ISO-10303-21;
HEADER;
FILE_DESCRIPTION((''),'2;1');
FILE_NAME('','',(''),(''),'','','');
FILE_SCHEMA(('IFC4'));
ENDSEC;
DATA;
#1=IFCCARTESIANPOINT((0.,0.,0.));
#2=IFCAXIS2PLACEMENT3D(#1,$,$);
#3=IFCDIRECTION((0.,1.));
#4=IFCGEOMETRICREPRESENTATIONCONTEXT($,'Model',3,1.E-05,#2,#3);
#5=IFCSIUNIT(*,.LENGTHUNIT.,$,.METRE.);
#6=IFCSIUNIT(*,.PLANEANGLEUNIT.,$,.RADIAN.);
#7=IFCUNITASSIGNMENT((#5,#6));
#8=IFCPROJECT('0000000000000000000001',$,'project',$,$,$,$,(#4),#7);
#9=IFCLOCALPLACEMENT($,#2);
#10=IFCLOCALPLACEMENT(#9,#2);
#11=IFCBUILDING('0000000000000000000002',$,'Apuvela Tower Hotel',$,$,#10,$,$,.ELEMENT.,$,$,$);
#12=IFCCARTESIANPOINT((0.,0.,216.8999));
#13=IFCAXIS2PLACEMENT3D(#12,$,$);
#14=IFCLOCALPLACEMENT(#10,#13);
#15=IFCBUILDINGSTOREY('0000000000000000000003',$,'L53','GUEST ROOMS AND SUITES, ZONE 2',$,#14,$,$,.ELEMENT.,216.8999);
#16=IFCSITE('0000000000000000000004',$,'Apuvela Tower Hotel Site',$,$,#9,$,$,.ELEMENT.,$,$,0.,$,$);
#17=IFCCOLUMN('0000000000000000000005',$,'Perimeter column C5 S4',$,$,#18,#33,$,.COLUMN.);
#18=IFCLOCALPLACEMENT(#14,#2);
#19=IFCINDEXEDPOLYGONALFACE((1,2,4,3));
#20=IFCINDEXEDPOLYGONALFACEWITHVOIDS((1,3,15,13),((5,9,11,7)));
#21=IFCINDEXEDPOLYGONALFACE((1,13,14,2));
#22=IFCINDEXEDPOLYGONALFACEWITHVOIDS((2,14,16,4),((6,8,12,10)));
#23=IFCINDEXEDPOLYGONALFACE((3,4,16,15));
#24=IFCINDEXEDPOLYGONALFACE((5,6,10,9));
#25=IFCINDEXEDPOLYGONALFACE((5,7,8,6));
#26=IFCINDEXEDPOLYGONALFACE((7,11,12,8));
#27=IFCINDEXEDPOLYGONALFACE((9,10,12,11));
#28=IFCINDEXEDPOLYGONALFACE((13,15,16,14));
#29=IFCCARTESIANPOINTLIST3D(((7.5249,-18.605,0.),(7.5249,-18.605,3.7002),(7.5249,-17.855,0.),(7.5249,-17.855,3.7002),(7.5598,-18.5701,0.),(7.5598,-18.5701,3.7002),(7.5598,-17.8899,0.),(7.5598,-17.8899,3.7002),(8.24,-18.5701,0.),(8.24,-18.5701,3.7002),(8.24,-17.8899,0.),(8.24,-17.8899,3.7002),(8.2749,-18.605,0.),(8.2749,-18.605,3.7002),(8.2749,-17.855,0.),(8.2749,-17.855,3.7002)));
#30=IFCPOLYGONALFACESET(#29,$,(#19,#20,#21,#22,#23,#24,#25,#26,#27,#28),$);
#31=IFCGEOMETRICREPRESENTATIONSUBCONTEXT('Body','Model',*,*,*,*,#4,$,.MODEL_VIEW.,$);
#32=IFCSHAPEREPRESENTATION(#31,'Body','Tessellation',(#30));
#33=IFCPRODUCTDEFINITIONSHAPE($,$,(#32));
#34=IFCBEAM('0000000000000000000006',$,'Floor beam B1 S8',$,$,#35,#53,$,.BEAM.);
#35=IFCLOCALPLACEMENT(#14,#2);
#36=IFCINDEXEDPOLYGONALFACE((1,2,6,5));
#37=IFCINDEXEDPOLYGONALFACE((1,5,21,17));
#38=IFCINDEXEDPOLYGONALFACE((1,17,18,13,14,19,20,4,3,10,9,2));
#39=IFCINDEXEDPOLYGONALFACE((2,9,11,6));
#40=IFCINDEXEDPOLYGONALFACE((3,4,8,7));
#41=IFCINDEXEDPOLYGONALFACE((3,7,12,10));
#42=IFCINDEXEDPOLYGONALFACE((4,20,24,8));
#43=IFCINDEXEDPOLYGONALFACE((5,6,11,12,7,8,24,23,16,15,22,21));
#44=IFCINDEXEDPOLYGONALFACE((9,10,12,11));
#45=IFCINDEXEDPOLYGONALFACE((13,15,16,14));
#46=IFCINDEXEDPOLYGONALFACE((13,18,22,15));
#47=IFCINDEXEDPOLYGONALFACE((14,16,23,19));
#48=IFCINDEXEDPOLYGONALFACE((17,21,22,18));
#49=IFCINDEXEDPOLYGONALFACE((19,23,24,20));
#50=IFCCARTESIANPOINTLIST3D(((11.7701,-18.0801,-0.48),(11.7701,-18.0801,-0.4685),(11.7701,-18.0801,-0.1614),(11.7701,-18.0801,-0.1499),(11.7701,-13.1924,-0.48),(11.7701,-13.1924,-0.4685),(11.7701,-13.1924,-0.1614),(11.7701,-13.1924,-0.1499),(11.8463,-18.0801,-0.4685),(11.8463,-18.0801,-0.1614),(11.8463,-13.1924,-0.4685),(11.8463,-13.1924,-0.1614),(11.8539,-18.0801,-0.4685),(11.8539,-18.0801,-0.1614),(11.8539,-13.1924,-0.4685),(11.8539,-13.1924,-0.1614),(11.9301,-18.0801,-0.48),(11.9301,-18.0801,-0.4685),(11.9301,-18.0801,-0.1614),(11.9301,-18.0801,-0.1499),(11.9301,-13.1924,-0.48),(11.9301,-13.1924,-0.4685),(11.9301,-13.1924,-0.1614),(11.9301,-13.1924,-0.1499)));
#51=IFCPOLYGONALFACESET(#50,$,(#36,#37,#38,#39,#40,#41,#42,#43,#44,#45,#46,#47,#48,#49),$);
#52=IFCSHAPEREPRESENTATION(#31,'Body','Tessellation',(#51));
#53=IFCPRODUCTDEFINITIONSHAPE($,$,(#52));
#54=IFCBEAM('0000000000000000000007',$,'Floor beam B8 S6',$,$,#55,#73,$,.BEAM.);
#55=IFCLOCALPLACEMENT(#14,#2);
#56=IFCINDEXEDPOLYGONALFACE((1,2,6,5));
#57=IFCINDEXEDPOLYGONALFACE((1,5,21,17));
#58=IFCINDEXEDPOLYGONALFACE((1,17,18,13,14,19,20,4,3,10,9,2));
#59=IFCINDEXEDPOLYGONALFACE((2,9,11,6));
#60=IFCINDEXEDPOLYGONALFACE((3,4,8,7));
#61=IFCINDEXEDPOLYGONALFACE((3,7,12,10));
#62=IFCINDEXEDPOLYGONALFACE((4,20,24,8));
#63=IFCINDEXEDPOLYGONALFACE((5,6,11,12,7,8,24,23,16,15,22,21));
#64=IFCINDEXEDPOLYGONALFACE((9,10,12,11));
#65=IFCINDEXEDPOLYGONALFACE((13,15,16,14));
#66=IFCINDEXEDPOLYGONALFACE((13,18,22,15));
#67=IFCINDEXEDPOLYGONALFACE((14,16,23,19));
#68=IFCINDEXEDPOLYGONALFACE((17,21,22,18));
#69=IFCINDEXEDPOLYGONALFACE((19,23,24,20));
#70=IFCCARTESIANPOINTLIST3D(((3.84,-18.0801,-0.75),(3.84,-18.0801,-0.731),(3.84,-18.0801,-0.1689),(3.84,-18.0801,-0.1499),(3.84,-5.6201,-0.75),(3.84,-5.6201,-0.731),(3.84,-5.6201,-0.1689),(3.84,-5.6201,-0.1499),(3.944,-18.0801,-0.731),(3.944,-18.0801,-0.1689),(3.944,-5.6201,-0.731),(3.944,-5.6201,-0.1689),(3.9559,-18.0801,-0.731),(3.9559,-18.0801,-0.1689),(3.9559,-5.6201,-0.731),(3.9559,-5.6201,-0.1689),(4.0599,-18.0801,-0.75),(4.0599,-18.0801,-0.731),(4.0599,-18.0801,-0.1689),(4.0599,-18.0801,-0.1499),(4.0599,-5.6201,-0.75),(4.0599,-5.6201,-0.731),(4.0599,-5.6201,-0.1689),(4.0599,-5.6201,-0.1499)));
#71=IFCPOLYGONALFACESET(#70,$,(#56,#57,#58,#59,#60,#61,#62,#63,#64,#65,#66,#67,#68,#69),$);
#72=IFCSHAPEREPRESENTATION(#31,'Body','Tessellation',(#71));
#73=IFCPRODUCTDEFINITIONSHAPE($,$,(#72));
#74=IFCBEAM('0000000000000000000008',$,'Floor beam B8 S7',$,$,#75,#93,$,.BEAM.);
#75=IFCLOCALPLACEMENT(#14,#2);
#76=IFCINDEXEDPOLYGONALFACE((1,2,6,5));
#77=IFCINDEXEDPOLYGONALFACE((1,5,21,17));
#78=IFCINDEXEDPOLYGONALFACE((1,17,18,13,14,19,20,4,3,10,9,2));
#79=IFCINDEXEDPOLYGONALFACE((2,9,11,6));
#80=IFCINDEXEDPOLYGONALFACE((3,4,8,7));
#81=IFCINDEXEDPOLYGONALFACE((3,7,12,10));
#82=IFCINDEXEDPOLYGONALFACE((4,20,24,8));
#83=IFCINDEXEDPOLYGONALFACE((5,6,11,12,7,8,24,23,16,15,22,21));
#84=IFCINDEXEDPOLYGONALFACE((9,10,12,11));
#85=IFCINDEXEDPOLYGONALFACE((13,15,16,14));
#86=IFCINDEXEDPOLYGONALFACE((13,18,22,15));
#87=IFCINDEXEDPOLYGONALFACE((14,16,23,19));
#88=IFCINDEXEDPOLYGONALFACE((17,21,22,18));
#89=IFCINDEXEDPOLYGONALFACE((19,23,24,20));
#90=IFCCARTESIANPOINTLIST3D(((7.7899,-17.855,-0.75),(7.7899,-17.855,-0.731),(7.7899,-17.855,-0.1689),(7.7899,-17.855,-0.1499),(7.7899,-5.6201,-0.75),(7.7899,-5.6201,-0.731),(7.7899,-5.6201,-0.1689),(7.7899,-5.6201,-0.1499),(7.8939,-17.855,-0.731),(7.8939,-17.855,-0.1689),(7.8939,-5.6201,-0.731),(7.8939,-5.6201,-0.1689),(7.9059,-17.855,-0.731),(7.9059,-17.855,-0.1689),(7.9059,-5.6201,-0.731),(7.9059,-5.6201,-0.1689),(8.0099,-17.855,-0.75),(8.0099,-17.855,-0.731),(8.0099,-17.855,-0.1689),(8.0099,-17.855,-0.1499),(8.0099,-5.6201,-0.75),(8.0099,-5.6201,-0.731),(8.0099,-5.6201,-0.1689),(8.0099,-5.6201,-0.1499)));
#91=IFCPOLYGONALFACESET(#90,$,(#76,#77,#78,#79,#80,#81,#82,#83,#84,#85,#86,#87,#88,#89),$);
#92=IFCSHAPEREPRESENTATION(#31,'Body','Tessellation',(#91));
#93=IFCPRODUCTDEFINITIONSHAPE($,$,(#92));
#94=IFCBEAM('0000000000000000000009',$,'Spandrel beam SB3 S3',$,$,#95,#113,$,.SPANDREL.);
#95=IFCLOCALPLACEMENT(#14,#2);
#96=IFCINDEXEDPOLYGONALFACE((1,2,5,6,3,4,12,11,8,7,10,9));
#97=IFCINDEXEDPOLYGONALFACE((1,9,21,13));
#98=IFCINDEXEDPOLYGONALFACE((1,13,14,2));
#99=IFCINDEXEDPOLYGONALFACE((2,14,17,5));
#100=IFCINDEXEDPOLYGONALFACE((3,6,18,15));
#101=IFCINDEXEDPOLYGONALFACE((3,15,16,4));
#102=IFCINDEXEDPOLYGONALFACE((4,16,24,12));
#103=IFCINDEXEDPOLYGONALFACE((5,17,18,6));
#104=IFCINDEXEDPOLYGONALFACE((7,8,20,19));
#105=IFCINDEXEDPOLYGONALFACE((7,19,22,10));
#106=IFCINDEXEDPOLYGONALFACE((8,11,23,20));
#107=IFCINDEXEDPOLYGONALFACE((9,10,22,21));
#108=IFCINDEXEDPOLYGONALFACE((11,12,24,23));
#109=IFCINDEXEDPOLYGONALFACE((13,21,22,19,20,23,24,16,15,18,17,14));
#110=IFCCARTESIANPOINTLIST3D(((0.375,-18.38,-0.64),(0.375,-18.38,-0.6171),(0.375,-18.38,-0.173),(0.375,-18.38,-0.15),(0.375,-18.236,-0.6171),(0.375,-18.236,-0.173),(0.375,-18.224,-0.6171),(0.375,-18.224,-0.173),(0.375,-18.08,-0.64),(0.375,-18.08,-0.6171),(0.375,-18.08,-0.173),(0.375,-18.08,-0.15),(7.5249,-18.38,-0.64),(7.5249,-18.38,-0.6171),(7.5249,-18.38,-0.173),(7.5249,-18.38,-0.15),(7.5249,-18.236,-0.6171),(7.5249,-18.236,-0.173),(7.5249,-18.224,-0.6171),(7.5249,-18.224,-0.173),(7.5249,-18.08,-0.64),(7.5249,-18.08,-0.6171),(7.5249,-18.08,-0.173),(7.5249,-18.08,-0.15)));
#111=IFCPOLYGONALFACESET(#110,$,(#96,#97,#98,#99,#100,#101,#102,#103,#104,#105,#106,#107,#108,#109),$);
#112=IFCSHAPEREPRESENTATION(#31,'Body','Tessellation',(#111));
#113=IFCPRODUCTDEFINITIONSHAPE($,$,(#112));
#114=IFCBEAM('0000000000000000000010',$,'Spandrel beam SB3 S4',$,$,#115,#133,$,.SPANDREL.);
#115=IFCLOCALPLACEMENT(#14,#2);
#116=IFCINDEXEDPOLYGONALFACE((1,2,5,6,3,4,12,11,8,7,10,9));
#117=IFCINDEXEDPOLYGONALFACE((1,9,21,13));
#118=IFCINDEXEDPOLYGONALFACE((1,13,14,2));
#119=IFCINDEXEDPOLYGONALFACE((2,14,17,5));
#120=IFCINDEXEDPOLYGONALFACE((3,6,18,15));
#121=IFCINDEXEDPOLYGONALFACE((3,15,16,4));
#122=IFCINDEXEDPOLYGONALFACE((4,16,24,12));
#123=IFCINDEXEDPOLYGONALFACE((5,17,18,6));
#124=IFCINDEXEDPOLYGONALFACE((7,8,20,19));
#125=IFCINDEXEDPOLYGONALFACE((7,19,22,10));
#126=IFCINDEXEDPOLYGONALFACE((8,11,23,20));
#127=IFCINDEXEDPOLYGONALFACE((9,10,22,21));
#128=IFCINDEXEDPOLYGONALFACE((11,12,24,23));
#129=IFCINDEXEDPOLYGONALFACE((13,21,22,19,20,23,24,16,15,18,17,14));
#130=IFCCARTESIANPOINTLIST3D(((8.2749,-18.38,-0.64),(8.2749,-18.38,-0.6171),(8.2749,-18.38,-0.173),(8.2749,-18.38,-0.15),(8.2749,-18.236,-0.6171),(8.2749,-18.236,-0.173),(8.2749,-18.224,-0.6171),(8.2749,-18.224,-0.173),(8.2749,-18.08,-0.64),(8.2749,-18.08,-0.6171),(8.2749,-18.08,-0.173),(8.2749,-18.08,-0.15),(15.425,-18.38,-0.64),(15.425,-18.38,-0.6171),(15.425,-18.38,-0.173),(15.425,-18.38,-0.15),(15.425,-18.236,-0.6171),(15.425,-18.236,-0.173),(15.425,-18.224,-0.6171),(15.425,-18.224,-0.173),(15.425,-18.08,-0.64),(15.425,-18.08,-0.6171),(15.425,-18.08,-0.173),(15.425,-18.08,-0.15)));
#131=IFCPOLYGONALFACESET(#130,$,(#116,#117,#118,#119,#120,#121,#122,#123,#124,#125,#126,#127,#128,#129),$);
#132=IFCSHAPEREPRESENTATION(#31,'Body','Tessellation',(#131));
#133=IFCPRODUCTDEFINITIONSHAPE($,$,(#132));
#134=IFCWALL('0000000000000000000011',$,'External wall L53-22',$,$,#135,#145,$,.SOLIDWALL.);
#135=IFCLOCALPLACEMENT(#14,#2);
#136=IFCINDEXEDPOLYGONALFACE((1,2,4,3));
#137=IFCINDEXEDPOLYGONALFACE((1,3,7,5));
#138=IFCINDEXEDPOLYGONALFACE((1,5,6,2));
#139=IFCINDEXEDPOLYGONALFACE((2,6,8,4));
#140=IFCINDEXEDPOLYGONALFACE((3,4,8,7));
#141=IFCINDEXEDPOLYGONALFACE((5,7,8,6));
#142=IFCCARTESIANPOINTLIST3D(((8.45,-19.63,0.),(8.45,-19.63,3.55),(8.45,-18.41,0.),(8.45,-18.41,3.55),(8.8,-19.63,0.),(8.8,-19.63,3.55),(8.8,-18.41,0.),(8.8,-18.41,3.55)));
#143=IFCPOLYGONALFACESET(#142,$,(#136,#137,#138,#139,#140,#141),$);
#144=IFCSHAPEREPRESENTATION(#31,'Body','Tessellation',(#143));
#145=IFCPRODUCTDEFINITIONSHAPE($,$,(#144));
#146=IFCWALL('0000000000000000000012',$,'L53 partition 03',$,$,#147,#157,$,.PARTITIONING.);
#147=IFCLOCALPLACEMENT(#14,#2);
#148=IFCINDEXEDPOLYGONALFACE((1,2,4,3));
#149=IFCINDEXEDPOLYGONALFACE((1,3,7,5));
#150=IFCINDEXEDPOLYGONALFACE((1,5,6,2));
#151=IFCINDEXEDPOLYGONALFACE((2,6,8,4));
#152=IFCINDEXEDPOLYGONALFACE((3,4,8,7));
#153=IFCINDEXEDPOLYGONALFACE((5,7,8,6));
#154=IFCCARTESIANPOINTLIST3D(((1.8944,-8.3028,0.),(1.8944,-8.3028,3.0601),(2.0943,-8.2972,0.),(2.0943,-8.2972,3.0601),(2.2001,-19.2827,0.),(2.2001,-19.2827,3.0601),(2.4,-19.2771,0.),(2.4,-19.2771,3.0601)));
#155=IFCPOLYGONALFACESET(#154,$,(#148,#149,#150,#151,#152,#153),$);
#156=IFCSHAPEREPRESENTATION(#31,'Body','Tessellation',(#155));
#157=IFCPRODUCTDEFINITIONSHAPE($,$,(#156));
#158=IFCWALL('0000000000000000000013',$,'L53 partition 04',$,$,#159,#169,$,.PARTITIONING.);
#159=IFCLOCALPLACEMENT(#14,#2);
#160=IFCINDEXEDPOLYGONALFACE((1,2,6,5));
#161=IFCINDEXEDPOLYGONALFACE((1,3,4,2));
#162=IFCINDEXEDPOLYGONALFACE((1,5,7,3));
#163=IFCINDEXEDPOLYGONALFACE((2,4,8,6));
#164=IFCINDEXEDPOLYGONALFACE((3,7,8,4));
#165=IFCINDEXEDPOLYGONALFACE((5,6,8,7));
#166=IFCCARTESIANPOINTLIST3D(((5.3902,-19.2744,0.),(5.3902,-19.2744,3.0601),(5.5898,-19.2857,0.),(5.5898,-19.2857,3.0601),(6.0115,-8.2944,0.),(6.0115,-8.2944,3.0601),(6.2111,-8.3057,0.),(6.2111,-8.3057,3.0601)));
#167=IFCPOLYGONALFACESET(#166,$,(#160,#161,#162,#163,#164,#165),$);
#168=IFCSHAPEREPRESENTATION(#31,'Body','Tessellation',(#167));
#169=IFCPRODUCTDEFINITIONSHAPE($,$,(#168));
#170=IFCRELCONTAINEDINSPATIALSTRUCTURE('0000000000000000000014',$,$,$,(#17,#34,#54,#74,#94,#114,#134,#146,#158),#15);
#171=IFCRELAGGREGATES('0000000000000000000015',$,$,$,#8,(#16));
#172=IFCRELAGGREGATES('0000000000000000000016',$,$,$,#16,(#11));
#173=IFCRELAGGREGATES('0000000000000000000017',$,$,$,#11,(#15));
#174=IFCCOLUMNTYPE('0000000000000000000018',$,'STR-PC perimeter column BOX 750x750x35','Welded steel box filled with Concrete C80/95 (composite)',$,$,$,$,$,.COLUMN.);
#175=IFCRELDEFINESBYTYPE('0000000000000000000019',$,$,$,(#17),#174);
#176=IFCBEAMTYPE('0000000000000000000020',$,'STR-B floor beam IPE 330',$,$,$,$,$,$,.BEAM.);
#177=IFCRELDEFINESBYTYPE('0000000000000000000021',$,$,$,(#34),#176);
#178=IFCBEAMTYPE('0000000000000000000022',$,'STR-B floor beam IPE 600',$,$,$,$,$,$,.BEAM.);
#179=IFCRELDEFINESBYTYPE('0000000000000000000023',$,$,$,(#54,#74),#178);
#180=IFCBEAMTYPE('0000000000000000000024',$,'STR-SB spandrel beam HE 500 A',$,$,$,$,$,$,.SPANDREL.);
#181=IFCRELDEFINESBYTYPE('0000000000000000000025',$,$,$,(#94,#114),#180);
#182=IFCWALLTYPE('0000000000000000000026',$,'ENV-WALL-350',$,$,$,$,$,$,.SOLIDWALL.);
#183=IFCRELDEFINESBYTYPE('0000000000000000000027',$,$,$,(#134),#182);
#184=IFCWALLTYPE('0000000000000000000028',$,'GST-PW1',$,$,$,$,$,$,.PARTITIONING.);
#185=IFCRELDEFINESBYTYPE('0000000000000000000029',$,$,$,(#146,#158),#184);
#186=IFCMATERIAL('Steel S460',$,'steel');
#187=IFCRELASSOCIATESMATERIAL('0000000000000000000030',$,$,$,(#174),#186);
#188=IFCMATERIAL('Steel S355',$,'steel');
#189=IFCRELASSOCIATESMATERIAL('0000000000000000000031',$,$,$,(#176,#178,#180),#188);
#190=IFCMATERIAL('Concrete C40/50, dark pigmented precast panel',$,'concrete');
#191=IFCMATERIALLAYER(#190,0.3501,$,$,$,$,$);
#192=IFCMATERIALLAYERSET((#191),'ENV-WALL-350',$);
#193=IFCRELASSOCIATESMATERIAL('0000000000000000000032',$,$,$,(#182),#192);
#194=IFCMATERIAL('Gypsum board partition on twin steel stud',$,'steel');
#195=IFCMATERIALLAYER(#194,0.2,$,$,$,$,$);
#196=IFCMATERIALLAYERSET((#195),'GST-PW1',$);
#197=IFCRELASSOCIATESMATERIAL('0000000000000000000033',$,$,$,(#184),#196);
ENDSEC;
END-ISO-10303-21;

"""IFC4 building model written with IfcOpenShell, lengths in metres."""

from ifc_helpers import new_model, si_unit, direction, frame, frame_2d, origin, origin_2d, place, context, subcontext, project, spatial, rectangle, hollow_rectangle, i_section, extrude, material, layer, layer_set, material_profile, profile_set, type_object, element, save


model = new_model("IFC4")

# Units and contexts
model_context = context("Model", 3, precision=1e-05, world=origin(), true_north=direction((0.0, 1.0)))
body_context = subcontext(model_context, "Body", "Model", "MODEL_VIEW")
ifc_project = project(units=[si_unit("LENGTHUNIT", "METRE"), si_unit("PLANEANGLEUNIT", "RADIAN")], contexts=[model_context])

# Site, building, storey
site_placement = place(None, origin())
site = spatial("IfcSite", under=ifc_project, at=site_placement, Name="Apuvela Tower Hotel Site", CompositionType="ELEMENT", RefElevation=0.0)
building_placement = place(site_placement, origin())
building = spatial("IfcBuilding", under=site, at=building_placement, Name="Apuvela Tower Hotel", CompositionType="ELEMENT")
storey_placement = place(building_placement, frame((0.0, 0.0, 216.8999)))
storey = spatial("IfcBuildingStorey", under=building, at=storey_placement, Name="L53", Description="GUEST ROOMS AND SUITES, ZONE 2", CompositionType="ELEMENT", Elevation=216.8999)

# Column
ifc_material_1 = material(Name="Steel S460", Category="steel")
ifc_material_profile_1 = material_profile(ifc_material_1, hollow_rectangle(XDim=0.75, YDim=0.75, WallThickness=0.0349, at=origin_2d()), Name="BOX 750x750x35")
ifc_material_2 = material(Name="Concrete C80/95", Category="concrete")
ifc_material_profile_2 = material_profile(ifc_material_2, rectangle(XDim=0.6799, YDim=0.6799, at=origin_2d()), Name="Concrete C80/95 infill")
ifc_profile_set_1 = profile_set([ifc_material_profile_1, ifc_material_profile_2], Name="Steel S460")
column_type = type_object("IfcColumnType", Name="STR-PC perimeter column BOX 750x750x35", Description="Welded steel box filled with Concrete C80/95 (composite)", PredefinedType="COLUMN", material=ifc_profile_set_1)
column_placement = place(storey_placement, frame((7.8999, -18.23, 0.0), z_axis=(0.0, 0.0, 1.0), x_axis=(-1.0, 0.0, 0.0)))
element("IfcColumn", 1, at=column_placement, inside=storey, type_object=column_type, Name="Perimeter column C5 S4", PredefinedType="COLUMN", context=body_context, shape_type="SweptSolid", body=[
    extrude(hollow_rectangle(XDim=0.75, YDim=0.75, WallThickness=0.0349, at=origin_2d()), origin(), (0.0, 0.0, 1.0), 3.7002),
])

# Beams
ifc_material_3 = material(Name="Steel S355", Category="steel")
ifc_material_profile_3 = material_profile(ifc_material_3, i_section(OverallWidth=0.1599, OverallDepth=0.3301, WebThickness=0.0076, FlangeThickness=0.0115, at=origin_2d()), Name="IPE 330")
ifc_profile_set_2 = profile_set([ifc_material_profile_3], Name="Steel S355")
beam_type_1 = type_object("IfcBeamType", Name="STR-B floor beam IPE 330", PredefinedType="BEAM", material=ifc_profile_set_2)
beam_1_placement = place(storey_placement, frame((11.8501, -18.0801, -0.3149), z_axis=(0.0, 1.0, 0.0), x_axis=(-1.0, 0.0, 0.0)))
element("IfcBeam", 2, at=beam_1_placement, inside=storey, type_object=beam_type_1, Name="Floor beam B1 S8", PredefinedType="BEAM", context=body_context, shape_type="SweptSolid", body=[
    extrude(i_section(OverallWidth=0.1599, OverallDepth=0.3301, WebThickness=0.0076, FlangeThickness=0.0115, at=origin_2d()), origin(), (0.0, 0.0, 1.0), 4.8877),
])
ifc_material_profile_4 = material_profile(ifc_material_3, i_section(OverallWidth=0.22, OverallDepth=0.6001, WebThickness=0.012, FlangeThickness=0.019, at=origin_2d()), Name="IPE 600")
ifc_profile_set_3 = profile_set([ifc_material_profile_4], Name="Steel S355")
beam_type_2 = type_object("IfcBeamType", Name="STR-B floor beam IPE 600", PredefinedType="BEAM", material=ifc_profile_set_3)
beam_2_placement = place(storey_placement, frame((3.95, -18.0801, -0.45), z_axis=(0.0, 1.0, 0.0), x_axis=(-1.0, 0.0, 0.0)))
element("IfcBeam", 3, at=beam_2_placement, inside=storey, type_object=beam_type_2, Name="Floor beam B8 S6", PredefinedType="BEAM", context=body_context, shape_type="SweptSolid", body=[
    extrude(i_section(OverallWidth=0.22, OverallDepth=0.6001, WebThickness=0.012, FlangeThickness=0.019, at=origin_2d()), origin(), (0.0, 0.0, 1.0), 12.46),
])
beam_3_placement = place(storey_placement, frame((7.8999, -17.855, -0.45), z_axis=(0.0, 1.0, 0.0), x_axis=(-1.0, 0.0, 0.0)))
element("IfcBeam", 4, at=beam_3_placement, inside=storey, type_object=beam_type_2, Name="Floor beam B8 S7", PredefinedType="BEAM", context=body_context, shape_type="SweptSolid", body=[
    extrude(i_section(OverallWidth=0.22, OverallDepth=0.6001, WebThickness=0.012, FlangeThickness=0.019, at=origin_2d()), origin(), (0.0, 0.0, 1.0), 12.2349),
])
ifc_material_profile_5 = material_profile(ifc_material_3, i_section(OverallWidth=0.3, OverallDepth=0.49, WebThickness=0.012, FlangeThickness=0.0229, at=origin_2d()), Name="HE 500 A")
ifc_profile_set_4 = profile_set([ifc_material_profile_5], Name="Steel S355")
beam_type_3 = type_object("IfcBeamType", Name="STR-SB spandrel beam HE 500 A", PredefinedType="SPANDREL", material=ifc_profile_set_4)
beam_4_placement = place(storey_placement, frame((0.375, -18.23, -0.395), z_axis=(1.0, 0.0, 0.0), x_axis=(0.0, 1.0, 0.0)))
element("IfcBeam", 5, at=beam_4_placement, inside=storey, type_object=beam_type_3, Name="Spandrel beam SB3 S3", PredefinedType="SPANDREL", context=body_context, shape_type="SweptSolid", body=[
    extrude(i_section(OverallWidth=0.3, OverallDepth=0.49, WebThickness=0.012, FlangeThickness=0.0229, at=origin_2d()), origin(), (0.0, 0.0, 1.0), 7.1499),
])
beam_5_placement = place(storey_placement, frame((8.2749, -18.23, -0.395), z_axis=(1.0, 0.0, 0.0), x_axis=(0.0, 1.0, 0.0)))
element("IfcBeam", 6, at=beam_5_placement, inside=storey, type_object=beam_type_3, Name="Spandrel beam SB3 S4", PredefinedType="SPANDREL", context=body_context, shape_type="SweptSolid", body=[
    extrude(i_section(OverallWidth=0.3, OverallDepth=0.49, WebThickness=0.012, FlangeThickness=0.0229, at=origin_2d()), origin(), (0.0, 0.0, 1.0), 7.1501),
])

# Wall
ifc_material_4 = material(Name="Concrete C40/50, dark pigmented precast panel", Category="concrete")
ifc_layer_1 = layer(ifc_material_4, 0.3501)
ifc_layer_set_1 = layer_set([ifc_layer_1], Name="ENV-WALL-350")
wall_type_1 = type_object("IfcWallType", Name="ENV-WALL-350", PredefinedType="SOLIDWALL", material=ifc_layer_set_1)
wall_1_placement = place(storey_placement, frame((8.625, -19.6299, 0.0), z_axis=(0.0, 0.0, 1.0), x_axis=(0.0, 1.0, 0.0)))
element("IfcWall", 7, at=wall_1_placement, inside=storey, type_object=wall_type_1, Name="External wall L53-22", PredefinedType="SOLIDWALL", context=body_context, shape_type="SweptSolid", body=[
    extrude(rectangle(XDim=1.22, YDim=0.3501, at=frame_2d((0.6099, 0.0))), origin(), (0.0, 0.0, 1.0), 3.55),
])

# Walls
ifc_material_5 = material(Name="Gypsum board partition on twin steel stud", Category="steel")
ifc_layer_2 = layer(ifc_material_5, 0.2)
ifc_layer_set_2 = layer_set([ifc_layer_2], Name="GST-PW1")
wall_type_2 = type_object("IfcWallType", Name="GST-PW1", PredefinedType="PARTITIONING", material=ifc_layer_set_2)
wall_2_placement = place(storey_placement, frame((2.3, -19.28, 0.0), z_axis=(0.0, 0.0, 1.0), x_axis=(-0.027828, 0.999613, 0.0)))
element("IfcWall", 8, at=wall_2_placement, inside=storey, type_object=wall_type_2, Name="L53 partition 03", PredefinedType="PARTITIONING", context=body_context, shape_type="SweptSolid", body=[
    extrude(rectangle(XDim=10.9841, YDim=0.2, at=frame_2d((5.4922, 0.0))), origin(), (0.0, 0.0, 1.0), 3.0601),
])
wall_3_placement = place(storey_placement, frame((5.49, -19.28, 0.0), z_axis=(0.0, 0.0, 1.0), x_axis=(0.056498, 0.998403, 0.0)))
element("IfcWall", 9, at=wall_3_placement, inside=storey, type_object=wall_type_2, Name="L53 partition 04", PredefinedType="PARTITIONING", context=body_context, shape_type="SweptSolid", body=[
    extrude(rectangle(XDim=10.9976, YDim=0.2, at=frame_2d((5.4988, 0.0))), origin(), (0.0, 0.0, 1.0), 3.0601),
])

save(model, "model.ifc")
